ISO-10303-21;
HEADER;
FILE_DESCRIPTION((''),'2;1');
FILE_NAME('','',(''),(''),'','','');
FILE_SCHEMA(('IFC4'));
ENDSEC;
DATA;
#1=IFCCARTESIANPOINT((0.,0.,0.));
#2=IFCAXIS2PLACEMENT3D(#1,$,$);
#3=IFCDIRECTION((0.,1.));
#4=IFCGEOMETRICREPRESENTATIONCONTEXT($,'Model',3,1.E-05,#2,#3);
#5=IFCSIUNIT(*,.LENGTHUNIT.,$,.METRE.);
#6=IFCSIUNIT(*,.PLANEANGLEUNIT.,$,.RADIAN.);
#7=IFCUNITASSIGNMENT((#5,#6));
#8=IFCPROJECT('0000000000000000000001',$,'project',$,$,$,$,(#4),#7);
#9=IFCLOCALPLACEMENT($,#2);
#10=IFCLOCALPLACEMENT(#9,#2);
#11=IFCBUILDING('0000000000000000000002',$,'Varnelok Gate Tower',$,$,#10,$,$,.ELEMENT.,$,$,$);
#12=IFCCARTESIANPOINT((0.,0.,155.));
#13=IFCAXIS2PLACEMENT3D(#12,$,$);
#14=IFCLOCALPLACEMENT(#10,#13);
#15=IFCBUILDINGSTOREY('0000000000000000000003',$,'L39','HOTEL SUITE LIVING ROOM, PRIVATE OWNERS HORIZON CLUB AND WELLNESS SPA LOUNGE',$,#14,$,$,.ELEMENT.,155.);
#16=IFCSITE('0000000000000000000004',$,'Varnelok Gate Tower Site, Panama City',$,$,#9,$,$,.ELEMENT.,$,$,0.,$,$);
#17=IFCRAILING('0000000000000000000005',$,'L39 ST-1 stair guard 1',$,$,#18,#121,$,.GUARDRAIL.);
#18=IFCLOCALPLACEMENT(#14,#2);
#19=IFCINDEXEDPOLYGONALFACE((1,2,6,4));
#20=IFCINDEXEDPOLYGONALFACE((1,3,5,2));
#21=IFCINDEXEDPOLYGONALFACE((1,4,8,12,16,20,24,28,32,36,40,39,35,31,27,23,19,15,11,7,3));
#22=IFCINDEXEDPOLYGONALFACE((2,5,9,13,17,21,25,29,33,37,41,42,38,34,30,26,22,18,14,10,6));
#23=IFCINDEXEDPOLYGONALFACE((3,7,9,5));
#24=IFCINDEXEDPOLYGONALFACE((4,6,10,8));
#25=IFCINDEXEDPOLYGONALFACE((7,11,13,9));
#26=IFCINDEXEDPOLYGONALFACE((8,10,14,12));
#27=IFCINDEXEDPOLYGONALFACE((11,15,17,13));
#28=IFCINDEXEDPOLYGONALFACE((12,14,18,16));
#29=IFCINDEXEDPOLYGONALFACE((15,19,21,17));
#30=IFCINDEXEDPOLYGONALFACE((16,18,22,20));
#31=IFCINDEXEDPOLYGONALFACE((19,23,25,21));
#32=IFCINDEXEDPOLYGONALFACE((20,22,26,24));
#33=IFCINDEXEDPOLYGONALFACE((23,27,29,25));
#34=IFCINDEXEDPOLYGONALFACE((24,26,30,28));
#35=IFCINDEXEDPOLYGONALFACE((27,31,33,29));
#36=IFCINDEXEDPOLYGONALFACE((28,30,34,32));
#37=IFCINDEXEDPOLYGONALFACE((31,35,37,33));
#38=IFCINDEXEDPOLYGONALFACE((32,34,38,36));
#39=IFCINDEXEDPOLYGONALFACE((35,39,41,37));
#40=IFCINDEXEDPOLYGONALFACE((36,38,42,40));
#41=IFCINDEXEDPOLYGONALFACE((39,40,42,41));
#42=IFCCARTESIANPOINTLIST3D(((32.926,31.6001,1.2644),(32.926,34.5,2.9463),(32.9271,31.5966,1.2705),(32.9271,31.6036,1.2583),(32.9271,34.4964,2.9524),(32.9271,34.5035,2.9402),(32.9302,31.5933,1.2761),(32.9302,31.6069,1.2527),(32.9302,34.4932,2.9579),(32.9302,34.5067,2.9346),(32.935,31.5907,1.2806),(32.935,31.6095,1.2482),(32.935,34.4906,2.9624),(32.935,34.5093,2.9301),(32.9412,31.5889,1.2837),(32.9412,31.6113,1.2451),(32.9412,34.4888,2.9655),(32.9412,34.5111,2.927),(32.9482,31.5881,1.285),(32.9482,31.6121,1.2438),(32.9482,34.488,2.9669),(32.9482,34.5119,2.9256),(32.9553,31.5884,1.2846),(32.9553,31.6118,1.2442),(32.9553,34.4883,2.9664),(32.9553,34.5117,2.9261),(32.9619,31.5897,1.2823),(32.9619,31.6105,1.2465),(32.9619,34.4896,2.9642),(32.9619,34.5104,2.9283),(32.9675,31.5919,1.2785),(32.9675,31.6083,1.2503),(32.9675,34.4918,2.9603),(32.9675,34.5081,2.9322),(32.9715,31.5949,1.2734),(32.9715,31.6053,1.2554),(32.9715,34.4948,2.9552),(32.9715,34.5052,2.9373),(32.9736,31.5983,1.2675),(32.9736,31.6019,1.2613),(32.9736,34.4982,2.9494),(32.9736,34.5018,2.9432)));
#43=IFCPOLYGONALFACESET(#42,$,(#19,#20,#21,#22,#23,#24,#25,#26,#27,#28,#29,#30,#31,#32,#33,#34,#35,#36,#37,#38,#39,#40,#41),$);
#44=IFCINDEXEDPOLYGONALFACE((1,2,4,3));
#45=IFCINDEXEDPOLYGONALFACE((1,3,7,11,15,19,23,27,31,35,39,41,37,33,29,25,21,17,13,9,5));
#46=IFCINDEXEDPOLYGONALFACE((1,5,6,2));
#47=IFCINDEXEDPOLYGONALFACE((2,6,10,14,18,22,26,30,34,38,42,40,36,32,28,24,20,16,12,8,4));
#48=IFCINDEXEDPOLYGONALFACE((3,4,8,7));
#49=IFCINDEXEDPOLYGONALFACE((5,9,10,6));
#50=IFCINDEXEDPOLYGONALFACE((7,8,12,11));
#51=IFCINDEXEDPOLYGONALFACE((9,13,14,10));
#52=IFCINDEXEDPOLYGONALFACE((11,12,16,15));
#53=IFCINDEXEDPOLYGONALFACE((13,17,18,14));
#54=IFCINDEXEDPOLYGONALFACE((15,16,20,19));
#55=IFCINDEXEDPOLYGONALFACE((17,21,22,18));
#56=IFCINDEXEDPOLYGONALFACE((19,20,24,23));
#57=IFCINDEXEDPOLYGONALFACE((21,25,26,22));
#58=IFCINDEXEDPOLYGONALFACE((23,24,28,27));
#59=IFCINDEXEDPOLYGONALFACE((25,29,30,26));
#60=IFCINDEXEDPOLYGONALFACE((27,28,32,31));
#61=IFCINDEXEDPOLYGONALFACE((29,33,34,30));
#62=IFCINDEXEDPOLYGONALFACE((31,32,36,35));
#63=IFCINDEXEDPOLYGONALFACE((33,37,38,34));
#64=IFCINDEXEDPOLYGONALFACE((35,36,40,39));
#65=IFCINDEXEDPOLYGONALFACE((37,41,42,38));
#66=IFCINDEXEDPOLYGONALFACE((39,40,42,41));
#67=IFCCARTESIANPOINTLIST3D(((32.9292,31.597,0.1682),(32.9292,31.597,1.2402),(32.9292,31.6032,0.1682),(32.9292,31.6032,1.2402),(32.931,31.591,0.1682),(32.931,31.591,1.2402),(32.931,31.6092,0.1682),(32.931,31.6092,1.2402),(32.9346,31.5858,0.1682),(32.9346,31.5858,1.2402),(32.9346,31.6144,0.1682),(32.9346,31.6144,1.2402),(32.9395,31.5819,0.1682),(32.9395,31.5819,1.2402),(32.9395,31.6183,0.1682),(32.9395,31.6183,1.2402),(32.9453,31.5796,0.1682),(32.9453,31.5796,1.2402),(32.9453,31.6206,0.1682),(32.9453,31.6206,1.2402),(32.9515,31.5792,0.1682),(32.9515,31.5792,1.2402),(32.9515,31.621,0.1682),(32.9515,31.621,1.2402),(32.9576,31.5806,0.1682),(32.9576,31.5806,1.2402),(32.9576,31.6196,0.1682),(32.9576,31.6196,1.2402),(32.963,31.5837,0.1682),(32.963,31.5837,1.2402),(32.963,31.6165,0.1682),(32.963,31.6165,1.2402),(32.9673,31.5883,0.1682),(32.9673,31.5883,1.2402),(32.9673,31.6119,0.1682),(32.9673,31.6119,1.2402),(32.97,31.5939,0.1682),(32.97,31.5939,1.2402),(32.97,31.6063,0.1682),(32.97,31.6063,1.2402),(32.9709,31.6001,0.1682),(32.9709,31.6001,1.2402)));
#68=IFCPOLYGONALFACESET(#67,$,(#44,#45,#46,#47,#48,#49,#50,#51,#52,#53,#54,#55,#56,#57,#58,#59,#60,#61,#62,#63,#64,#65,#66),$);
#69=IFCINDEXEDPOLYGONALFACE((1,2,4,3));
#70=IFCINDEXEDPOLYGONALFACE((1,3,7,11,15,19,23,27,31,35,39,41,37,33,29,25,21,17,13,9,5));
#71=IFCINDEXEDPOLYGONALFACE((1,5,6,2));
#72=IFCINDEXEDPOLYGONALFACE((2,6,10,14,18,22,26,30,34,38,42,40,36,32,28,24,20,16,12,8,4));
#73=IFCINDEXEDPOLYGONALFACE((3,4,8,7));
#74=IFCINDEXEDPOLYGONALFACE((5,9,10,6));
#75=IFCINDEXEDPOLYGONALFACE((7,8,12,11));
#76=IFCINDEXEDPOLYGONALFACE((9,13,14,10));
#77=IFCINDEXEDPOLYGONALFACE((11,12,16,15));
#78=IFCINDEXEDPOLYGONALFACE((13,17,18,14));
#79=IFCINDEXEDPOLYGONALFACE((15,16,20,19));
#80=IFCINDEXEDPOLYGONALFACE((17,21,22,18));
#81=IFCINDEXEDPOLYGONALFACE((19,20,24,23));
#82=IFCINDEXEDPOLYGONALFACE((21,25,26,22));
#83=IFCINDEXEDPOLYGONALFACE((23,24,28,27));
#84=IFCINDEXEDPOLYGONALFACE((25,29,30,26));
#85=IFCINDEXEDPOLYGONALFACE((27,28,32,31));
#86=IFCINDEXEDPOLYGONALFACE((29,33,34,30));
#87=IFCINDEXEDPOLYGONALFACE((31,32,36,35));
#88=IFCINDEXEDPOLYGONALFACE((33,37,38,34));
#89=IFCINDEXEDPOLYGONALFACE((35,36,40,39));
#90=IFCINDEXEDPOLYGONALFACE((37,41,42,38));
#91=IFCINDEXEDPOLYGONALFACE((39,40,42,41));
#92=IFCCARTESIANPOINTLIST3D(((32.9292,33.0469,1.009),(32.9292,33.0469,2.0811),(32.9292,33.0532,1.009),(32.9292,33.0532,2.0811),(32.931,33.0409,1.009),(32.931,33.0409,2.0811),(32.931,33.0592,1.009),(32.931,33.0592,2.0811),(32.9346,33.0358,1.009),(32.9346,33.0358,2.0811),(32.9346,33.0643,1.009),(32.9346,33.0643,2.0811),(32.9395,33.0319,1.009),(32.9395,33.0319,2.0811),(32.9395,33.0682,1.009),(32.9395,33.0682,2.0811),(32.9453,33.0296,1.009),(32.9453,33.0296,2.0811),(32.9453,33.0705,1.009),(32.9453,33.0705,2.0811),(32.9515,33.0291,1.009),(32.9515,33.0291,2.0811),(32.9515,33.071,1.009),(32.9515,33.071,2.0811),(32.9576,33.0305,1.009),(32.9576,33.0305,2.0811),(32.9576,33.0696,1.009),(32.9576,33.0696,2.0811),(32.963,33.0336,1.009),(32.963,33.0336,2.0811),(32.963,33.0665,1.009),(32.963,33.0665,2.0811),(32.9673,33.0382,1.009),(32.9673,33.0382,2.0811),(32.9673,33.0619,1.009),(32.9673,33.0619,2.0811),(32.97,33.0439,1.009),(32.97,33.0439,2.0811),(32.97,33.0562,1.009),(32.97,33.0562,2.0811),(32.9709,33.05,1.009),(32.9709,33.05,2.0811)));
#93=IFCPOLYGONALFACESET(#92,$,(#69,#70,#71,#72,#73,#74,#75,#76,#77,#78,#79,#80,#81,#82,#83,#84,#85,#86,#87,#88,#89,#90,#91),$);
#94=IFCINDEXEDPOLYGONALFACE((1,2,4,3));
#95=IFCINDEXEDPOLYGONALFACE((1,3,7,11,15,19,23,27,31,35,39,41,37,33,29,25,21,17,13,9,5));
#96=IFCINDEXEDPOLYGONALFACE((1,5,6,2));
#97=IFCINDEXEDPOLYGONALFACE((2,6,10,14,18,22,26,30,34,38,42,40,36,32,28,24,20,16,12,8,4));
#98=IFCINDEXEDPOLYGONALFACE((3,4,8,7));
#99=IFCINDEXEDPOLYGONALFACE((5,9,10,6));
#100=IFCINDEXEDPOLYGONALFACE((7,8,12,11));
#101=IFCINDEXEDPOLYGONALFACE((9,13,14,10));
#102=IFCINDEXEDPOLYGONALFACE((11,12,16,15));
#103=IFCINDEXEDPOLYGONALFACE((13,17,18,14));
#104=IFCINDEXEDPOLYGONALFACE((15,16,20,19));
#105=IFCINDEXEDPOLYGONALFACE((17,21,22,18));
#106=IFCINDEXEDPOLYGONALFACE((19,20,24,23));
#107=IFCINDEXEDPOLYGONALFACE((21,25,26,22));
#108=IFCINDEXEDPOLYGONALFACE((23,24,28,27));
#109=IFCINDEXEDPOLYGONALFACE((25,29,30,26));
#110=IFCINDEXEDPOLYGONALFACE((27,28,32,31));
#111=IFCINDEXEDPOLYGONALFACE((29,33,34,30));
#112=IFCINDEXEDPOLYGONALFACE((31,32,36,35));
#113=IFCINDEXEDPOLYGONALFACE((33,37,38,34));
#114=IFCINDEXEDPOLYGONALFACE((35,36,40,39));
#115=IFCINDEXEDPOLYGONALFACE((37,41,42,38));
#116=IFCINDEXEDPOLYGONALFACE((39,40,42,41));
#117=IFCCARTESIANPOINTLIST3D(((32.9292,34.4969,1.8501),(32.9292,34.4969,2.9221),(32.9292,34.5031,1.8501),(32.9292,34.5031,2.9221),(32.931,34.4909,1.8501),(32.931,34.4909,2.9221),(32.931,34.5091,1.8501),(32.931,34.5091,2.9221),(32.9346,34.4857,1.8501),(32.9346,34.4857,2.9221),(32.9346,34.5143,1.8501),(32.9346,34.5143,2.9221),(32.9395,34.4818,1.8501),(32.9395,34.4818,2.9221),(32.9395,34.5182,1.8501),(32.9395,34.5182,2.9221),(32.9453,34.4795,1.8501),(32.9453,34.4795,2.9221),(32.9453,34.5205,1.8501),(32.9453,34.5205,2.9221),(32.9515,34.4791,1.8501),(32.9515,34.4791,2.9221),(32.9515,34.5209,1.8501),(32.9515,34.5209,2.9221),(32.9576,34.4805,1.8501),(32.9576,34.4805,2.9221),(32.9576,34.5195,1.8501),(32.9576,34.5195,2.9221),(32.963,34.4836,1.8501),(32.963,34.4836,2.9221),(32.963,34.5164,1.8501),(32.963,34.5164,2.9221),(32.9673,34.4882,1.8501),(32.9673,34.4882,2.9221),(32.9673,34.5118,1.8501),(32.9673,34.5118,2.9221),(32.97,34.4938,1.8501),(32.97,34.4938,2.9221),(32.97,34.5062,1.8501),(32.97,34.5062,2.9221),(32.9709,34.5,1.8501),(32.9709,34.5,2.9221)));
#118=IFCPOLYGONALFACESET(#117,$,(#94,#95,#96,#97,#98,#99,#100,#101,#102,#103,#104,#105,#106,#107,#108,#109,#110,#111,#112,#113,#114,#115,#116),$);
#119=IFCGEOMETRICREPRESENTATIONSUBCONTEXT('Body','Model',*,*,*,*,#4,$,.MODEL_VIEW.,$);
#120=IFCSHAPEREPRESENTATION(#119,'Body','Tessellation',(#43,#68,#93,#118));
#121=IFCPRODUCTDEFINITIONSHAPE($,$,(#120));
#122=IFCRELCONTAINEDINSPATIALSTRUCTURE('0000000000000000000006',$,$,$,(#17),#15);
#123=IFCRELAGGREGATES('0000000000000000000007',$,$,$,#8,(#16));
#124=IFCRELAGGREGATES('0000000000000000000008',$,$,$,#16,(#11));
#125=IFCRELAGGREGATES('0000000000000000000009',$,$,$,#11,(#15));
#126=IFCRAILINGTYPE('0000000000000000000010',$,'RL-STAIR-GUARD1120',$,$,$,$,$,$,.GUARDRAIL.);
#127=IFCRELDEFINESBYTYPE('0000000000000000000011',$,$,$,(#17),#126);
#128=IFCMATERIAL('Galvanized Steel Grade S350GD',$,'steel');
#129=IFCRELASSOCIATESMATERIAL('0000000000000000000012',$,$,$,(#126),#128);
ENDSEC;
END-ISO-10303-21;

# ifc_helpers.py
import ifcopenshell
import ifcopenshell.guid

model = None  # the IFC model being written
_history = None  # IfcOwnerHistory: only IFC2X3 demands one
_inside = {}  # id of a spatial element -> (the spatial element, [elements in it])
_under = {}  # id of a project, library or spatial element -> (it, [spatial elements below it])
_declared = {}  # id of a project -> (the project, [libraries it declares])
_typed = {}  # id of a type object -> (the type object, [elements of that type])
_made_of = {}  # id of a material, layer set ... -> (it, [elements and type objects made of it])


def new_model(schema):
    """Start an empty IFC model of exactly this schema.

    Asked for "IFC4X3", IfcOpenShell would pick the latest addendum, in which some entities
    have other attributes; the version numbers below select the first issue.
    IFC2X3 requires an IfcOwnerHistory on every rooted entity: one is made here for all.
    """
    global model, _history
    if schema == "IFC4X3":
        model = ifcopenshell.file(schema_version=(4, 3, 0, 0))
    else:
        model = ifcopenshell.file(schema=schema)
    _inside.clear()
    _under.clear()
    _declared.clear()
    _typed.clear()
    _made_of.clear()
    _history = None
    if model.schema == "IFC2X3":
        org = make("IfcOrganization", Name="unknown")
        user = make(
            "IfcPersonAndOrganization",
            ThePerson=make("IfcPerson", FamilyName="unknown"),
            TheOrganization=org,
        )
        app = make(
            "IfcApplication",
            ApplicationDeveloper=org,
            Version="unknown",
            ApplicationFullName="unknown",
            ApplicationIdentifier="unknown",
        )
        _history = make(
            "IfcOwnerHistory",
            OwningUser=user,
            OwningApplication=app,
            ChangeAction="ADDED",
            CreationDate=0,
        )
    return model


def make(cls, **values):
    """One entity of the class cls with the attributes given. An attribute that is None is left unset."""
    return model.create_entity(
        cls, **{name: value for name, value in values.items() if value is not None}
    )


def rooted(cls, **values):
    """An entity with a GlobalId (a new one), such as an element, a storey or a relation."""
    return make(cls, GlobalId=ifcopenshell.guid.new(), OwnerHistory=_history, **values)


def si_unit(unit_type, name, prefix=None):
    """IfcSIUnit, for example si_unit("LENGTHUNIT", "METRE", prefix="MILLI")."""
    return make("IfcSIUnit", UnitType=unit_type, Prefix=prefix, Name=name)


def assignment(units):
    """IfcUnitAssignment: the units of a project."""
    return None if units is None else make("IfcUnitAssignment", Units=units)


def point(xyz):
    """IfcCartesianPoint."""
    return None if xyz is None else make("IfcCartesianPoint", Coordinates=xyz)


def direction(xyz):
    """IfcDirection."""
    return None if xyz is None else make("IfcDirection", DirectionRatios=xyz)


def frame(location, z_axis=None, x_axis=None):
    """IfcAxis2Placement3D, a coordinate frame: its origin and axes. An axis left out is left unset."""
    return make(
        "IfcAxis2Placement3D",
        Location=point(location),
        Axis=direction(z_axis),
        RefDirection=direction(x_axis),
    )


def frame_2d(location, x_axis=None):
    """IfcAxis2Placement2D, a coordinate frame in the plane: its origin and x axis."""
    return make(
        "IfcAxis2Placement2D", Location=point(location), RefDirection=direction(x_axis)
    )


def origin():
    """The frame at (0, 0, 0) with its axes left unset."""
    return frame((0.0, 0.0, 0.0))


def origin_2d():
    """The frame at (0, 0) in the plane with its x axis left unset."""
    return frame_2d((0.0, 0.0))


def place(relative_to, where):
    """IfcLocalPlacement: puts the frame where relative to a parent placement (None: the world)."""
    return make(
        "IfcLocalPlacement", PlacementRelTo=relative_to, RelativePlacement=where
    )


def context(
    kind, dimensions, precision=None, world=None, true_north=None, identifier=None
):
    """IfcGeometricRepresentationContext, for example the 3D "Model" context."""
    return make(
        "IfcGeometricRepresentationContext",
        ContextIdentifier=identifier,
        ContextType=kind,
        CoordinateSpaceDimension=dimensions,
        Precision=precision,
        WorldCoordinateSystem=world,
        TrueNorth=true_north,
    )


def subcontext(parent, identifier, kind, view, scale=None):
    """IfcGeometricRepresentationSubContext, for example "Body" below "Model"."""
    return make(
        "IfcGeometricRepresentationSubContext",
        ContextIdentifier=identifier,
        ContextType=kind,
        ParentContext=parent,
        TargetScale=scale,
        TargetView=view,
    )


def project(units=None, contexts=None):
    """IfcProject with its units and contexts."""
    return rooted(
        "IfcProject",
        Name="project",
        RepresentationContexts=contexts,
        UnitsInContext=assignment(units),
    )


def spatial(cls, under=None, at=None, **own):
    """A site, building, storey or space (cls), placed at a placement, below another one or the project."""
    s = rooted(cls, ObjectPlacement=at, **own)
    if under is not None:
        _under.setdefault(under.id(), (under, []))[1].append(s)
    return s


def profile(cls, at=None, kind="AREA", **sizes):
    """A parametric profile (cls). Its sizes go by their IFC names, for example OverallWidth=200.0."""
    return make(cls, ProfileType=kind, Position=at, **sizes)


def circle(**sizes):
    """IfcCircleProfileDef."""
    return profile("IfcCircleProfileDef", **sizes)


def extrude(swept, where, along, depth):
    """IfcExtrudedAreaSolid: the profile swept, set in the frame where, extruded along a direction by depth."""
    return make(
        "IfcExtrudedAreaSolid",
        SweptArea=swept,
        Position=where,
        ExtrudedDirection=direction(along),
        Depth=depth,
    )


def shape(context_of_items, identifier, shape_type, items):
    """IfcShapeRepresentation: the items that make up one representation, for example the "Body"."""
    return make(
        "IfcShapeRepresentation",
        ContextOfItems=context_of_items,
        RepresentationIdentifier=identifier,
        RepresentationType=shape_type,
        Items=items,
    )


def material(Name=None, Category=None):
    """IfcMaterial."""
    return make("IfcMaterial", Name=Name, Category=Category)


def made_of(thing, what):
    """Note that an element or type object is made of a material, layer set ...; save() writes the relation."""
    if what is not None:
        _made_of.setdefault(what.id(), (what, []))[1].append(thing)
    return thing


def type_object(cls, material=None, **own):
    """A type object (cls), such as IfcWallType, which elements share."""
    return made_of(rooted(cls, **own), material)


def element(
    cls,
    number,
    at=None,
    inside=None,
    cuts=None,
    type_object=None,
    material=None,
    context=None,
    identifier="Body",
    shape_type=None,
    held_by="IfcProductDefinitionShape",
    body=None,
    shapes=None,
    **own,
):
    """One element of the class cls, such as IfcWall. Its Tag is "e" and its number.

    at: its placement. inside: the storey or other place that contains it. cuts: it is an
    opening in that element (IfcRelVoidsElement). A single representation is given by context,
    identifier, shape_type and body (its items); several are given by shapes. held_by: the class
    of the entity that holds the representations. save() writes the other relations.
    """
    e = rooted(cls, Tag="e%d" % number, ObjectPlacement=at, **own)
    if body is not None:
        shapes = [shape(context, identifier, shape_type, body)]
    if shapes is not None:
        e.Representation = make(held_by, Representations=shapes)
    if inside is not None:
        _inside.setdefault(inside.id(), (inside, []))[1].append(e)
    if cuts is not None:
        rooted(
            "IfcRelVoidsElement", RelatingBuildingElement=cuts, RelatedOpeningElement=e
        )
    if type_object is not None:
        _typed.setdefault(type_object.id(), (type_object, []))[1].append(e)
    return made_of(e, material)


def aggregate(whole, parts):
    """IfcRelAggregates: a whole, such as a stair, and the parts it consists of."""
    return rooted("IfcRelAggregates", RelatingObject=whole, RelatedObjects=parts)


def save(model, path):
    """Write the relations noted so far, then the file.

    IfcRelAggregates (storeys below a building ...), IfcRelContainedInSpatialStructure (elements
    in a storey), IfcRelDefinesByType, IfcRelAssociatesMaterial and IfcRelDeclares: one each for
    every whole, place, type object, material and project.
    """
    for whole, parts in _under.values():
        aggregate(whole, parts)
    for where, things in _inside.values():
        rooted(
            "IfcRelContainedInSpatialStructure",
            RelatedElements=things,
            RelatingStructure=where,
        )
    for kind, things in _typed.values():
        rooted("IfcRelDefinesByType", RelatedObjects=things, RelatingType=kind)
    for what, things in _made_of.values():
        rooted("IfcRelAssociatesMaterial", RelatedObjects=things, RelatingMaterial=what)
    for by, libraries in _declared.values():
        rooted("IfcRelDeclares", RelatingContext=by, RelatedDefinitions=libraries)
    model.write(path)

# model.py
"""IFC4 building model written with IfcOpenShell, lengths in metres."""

from ifc_helpers import new_model, si_unit, direction, frame, origin, origin_2d, place, context, subcontext, project, spatial, circle, extrude, material, type_object, element, save


model = new_model("IFC4")

# Units and contexts
model_context = context("Model", 3, precision=1e-05, world=origin(), true_north=direction((0.0, 1.0)))
body_context = subcontext(model_context, "Body", "Model", "MODEL_VIEW")
ifc_project = project(units=[si_unit("LENGTHUNIT", "METRE"), si_unit("PLANEANGLEUNIT", "RADIAN")], contexts=[model_context])

# Site, building, storey
site_placement = place(None, origin())
site = spatial("IfcSite", under=ifc_project, at=site_placement, Name="Varnelok Gate Tower Site, Panama City", CompositionType="ELEMENT", RefElevation=0.0)
building_placement = place(site_placement, origin())
building = spatial("IfcBuilding", under=site, at=building_placement, Name="Varnelok Gate Tower", CompositionType="ELEMENT")
storey_placement = place(building_placement, frame((0.0, 0.0, 155.0)))
storey = spatial("IfcBuildingStorey", under=building, at=storey_placement, Name="L39", Description="HOTEL SUITE LIVING ROOM, PRIVATE OWNERS HORIZON CLUB AND WELLNESS SPA LOUNGE", CompositionType="ELEMENT", Elevation=155.0)

# Shared definitions
ifc_material_1 = material(Name="Galvanized Steel Grade S350GD", Category="steel")

# Railing
railing_type_1 = type_object("IfcRailingType", Name="RL-STAIR-GUARD1120", PredefinedType="GUARDRAIL", material=ifc_material_1)
railing_1_placement = place(storey_placement, frame((32.95, 31.6001, 0.1682)))
element("IfcRailing", 1, at=railing_1_placement, inside=storey, type_object=railing_type_1, Name="L39 ST-1 stair guard 1", PredefinedType="GUARDRAIL", context=body_context, shape_type="SweptSolid", body=[
    extrude(circle(Radius=0.0239, at=origin_2d()), frame((0.0, 0.0, 1.0962), z_axis=(0.0, 0.865039, 0.501705), x_axis=(-1.0, 0.0, 0.0)), (0.0, 0.0, 1.0), 3.3523),
    extrude(circle(Radius=0.021, at=origin_2d()), origin(), (0.0, 0.0, 1.0), 1.072),
    extrude(circle(Radius=0.021, at=origin_2d()), frame((0.0, 1.45, 0.8408)), (0.0, 0.0, 1.0), 1.072),
    extrude(circle(Radius=0.021, at=origin_2d()), frame((0.0, 2.8999, 1.6819)), (0.0, 0.0, 1.0), 1.072),
])

save(model, "model.ifc")
